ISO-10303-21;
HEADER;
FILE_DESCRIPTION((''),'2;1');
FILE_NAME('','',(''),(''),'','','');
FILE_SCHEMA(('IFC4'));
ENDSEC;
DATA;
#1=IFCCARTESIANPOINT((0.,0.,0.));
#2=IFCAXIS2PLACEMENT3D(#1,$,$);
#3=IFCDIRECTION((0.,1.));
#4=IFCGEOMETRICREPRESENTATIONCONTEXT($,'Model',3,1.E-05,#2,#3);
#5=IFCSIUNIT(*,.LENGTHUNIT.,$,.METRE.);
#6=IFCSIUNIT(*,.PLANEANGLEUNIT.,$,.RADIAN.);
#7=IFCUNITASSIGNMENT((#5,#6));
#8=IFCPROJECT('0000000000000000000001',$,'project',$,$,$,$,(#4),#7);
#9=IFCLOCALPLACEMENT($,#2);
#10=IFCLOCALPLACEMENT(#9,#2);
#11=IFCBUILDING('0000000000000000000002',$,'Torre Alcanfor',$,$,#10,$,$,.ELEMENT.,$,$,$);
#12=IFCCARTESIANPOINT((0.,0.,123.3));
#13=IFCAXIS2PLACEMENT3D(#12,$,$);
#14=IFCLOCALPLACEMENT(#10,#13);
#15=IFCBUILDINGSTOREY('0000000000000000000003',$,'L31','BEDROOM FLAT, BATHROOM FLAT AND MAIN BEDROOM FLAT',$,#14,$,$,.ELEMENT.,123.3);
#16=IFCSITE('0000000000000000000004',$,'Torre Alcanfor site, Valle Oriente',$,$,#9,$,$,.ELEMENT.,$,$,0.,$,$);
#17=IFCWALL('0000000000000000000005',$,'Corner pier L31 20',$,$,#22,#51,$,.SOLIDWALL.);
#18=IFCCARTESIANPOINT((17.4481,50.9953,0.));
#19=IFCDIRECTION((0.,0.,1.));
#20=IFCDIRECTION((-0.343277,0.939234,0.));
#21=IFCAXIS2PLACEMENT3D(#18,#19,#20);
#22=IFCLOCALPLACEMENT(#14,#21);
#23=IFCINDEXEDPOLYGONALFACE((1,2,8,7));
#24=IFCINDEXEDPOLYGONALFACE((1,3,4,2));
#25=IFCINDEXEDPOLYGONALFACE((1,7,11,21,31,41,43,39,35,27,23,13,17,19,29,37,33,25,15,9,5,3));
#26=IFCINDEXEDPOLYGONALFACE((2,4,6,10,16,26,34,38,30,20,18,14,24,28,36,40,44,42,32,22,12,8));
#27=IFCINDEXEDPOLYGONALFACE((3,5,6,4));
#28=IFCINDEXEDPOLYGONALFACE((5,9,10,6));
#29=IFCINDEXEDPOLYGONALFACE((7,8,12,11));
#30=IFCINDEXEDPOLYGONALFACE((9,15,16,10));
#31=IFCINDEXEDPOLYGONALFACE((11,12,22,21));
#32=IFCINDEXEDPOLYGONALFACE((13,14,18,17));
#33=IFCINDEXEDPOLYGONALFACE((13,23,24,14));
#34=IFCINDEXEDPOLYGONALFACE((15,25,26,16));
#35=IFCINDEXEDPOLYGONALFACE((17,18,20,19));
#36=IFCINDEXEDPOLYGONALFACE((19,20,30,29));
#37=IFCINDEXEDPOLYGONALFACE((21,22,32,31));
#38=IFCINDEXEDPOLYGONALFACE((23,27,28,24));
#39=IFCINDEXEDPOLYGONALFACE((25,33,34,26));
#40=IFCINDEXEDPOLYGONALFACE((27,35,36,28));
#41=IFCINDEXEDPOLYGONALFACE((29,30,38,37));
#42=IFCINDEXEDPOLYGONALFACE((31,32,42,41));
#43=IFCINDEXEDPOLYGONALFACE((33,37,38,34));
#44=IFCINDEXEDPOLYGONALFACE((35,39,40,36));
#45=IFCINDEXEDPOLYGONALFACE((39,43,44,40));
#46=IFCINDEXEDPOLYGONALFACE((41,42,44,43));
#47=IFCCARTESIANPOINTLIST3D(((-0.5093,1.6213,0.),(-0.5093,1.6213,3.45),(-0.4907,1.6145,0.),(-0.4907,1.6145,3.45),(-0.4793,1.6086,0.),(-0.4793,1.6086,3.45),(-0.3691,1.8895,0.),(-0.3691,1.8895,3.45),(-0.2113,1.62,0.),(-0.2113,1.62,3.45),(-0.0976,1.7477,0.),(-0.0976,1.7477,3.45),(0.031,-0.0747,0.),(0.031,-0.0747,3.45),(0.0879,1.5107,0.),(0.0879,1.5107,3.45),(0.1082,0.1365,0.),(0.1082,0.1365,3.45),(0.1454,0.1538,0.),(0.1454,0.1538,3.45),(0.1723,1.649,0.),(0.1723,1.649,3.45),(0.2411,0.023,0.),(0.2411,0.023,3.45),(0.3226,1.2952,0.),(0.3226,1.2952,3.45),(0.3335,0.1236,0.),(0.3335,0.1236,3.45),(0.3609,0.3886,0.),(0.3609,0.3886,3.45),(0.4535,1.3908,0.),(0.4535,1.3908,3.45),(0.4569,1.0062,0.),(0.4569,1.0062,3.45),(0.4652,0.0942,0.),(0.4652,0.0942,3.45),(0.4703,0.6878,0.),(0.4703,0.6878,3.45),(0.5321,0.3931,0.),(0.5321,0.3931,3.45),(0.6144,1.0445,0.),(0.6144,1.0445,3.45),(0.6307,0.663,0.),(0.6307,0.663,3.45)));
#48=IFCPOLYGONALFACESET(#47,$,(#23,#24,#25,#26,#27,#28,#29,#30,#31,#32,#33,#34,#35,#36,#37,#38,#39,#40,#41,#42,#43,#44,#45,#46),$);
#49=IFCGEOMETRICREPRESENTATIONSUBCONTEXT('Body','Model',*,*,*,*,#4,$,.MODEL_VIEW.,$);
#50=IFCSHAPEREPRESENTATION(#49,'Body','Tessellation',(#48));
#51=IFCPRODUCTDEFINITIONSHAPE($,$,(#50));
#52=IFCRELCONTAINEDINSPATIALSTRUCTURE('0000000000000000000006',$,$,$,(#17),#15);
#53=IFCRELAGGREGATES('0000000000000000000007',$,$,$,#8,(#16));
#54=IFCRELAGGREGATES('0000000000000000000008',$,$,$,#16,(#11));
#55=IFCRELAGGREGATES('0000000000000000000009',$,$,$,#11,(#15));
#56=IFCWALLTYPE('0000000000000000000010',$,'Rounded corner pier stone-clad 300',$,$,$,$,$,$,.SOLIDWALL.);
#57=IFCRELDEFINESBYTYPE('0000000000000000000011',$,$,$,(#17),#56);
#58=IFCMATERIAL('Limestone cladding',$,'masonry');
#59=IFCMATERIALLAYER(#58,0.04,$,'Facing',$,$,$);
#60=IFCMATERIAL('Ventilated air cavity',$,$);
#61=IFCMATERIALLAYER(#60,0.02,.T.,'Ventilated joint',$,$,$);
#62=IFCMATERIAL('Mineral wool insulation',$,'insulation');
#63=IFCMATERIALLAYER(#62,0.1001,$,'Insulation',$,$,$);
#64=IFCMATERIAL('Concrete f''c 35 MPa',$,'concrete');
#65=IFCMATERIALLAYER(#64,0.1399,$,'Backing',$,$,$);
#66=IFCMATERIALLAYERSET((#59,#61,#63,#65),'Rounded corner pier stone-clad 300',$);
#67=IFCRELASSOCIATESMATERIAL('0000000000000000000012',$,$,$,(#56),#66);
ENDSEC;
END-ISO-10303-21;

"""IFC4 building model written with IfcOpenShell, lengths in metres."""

from ifc_helpers import new_model, si_unit, direction, frame, origin, place, context, subcontext, project, spatial, polyline, outline, extrude, material, layer, layer_set, type_object, element, save


model = new_model("IFC4")

# Units and contexts
model_context = context("Model", 3, precision=1e-05, world=origin(), true_north=direction((0.0, 1.0)))
body_context = subcontext(model_context, "Body", "Model", "MODEL_VIEW")
ifc_project = project(units=[si_unit("LENGTHUNIT", "METRE"), si_unit("PLANEANGLEUNIT", "RADIAN")], contexts=[model_context])

# Site, building, storey
site_placement = place(None, origin())
site = spatial("IfcSite", under=ifc_project, at=site_placement, Name="Torre Alcanfor site, Valle Oriente", CompositionType="ELEMENT", RefElevation=0.0)
building_placement = place(site_placement, origin())
building = spatial("IfcBuilding", under=site, at=building_placement, Name="Torre Alcanfor", CompositionType="ELEMENT")
storey_placement = place(building_placement, frame((0.0, 0.0, 123.3)))
storey = spatial("IfcBuildingStorey", under=building, at=storey_placement, Name="L31", Description="BEDROOM FLAT, BATHROOM FLAT AND MAIN BEDROOM FLAT", CompositionType="ELEMENT", Elevation=123.3)

# Shared definitions
ifc_material_1 = material(Name="Limestone cladding", Category="masonry")
ifc_material_2 = material(Name="Ventilated air cavity")
ifc_material_3 = material(Name="Mineral wool insulation", Category="insulation")
ifc_material_4 = material(Name="Concrete f'c 35 MPa", Category="concrete")

# Wall
ifc_layer_1 = layer(ifc_material_1, 0.04, Name="Facing")
ifc_layer_2 = layer(ifc_material_2, 0.02, ventilated=True, Name="Ventilated joint")
ifc_layer_3 = layer(ifc_material_3, 0.1001, Name="Insulation")
ifc_layer_4 = layer(ifc_material_4, 0.1399, Name="Backing")
ifc_layer_set_1 = layer_set([ifc_layer_1, ifc_layer_2, ifc_layer_3, ifc_layer_4], Name="Rounded corner pier stone-clad 300")
wall_type_1 = type_object("IfcWallType", Name="Rounded corner pier stone-clad 300", PredefinedType="SOLIDWALL", material=ifc_layer_set_1)
wall_1_placement = place(storey_placement, frame((17.4481, 50.9953, 0.0), z_axis=(0.0, 0.0, 1.0), x_axis=(-0.343277, 0.939234, 0.0)))
element("IfcWall", 1, at=wall_1_placement, inside=storey, type_object=wall_type_1, Name="Corner pier L31 20", PredefinedType="SOLIDWALL", context=body_context, shape_type="SweptSolid", body=[
    extrude(outline(polyline([(0.2411, 0.023), (0.3335, 0.1236), (0.4652, 0.0942), (0.5321, 0.3931), (0.6307, 0.663), (0.6144, 1.0445), (0.4535, 1.3908), (0.1723, 1.649), (-0.0976, 1.7477), (-0.3691, 1.8895), (-0.5093, 1.6213), (-0.4907, 1.6145), (-0.4793, 1.6086), (-0.2113, 1.62), (0.0879, 1.5107), (0.3226, 1.2952), (0.4569, 1.0062), (0.4703, 0.6878), (0.3609, 0.3886), (0.1454, 0.1538), (0.1082, 0.1365), (0.031, -0.0747), (0.2411, 0.023)])), origin(), (0.0, 0.0, 1.0), 3.45),
])

save(model, "model.ifc")
